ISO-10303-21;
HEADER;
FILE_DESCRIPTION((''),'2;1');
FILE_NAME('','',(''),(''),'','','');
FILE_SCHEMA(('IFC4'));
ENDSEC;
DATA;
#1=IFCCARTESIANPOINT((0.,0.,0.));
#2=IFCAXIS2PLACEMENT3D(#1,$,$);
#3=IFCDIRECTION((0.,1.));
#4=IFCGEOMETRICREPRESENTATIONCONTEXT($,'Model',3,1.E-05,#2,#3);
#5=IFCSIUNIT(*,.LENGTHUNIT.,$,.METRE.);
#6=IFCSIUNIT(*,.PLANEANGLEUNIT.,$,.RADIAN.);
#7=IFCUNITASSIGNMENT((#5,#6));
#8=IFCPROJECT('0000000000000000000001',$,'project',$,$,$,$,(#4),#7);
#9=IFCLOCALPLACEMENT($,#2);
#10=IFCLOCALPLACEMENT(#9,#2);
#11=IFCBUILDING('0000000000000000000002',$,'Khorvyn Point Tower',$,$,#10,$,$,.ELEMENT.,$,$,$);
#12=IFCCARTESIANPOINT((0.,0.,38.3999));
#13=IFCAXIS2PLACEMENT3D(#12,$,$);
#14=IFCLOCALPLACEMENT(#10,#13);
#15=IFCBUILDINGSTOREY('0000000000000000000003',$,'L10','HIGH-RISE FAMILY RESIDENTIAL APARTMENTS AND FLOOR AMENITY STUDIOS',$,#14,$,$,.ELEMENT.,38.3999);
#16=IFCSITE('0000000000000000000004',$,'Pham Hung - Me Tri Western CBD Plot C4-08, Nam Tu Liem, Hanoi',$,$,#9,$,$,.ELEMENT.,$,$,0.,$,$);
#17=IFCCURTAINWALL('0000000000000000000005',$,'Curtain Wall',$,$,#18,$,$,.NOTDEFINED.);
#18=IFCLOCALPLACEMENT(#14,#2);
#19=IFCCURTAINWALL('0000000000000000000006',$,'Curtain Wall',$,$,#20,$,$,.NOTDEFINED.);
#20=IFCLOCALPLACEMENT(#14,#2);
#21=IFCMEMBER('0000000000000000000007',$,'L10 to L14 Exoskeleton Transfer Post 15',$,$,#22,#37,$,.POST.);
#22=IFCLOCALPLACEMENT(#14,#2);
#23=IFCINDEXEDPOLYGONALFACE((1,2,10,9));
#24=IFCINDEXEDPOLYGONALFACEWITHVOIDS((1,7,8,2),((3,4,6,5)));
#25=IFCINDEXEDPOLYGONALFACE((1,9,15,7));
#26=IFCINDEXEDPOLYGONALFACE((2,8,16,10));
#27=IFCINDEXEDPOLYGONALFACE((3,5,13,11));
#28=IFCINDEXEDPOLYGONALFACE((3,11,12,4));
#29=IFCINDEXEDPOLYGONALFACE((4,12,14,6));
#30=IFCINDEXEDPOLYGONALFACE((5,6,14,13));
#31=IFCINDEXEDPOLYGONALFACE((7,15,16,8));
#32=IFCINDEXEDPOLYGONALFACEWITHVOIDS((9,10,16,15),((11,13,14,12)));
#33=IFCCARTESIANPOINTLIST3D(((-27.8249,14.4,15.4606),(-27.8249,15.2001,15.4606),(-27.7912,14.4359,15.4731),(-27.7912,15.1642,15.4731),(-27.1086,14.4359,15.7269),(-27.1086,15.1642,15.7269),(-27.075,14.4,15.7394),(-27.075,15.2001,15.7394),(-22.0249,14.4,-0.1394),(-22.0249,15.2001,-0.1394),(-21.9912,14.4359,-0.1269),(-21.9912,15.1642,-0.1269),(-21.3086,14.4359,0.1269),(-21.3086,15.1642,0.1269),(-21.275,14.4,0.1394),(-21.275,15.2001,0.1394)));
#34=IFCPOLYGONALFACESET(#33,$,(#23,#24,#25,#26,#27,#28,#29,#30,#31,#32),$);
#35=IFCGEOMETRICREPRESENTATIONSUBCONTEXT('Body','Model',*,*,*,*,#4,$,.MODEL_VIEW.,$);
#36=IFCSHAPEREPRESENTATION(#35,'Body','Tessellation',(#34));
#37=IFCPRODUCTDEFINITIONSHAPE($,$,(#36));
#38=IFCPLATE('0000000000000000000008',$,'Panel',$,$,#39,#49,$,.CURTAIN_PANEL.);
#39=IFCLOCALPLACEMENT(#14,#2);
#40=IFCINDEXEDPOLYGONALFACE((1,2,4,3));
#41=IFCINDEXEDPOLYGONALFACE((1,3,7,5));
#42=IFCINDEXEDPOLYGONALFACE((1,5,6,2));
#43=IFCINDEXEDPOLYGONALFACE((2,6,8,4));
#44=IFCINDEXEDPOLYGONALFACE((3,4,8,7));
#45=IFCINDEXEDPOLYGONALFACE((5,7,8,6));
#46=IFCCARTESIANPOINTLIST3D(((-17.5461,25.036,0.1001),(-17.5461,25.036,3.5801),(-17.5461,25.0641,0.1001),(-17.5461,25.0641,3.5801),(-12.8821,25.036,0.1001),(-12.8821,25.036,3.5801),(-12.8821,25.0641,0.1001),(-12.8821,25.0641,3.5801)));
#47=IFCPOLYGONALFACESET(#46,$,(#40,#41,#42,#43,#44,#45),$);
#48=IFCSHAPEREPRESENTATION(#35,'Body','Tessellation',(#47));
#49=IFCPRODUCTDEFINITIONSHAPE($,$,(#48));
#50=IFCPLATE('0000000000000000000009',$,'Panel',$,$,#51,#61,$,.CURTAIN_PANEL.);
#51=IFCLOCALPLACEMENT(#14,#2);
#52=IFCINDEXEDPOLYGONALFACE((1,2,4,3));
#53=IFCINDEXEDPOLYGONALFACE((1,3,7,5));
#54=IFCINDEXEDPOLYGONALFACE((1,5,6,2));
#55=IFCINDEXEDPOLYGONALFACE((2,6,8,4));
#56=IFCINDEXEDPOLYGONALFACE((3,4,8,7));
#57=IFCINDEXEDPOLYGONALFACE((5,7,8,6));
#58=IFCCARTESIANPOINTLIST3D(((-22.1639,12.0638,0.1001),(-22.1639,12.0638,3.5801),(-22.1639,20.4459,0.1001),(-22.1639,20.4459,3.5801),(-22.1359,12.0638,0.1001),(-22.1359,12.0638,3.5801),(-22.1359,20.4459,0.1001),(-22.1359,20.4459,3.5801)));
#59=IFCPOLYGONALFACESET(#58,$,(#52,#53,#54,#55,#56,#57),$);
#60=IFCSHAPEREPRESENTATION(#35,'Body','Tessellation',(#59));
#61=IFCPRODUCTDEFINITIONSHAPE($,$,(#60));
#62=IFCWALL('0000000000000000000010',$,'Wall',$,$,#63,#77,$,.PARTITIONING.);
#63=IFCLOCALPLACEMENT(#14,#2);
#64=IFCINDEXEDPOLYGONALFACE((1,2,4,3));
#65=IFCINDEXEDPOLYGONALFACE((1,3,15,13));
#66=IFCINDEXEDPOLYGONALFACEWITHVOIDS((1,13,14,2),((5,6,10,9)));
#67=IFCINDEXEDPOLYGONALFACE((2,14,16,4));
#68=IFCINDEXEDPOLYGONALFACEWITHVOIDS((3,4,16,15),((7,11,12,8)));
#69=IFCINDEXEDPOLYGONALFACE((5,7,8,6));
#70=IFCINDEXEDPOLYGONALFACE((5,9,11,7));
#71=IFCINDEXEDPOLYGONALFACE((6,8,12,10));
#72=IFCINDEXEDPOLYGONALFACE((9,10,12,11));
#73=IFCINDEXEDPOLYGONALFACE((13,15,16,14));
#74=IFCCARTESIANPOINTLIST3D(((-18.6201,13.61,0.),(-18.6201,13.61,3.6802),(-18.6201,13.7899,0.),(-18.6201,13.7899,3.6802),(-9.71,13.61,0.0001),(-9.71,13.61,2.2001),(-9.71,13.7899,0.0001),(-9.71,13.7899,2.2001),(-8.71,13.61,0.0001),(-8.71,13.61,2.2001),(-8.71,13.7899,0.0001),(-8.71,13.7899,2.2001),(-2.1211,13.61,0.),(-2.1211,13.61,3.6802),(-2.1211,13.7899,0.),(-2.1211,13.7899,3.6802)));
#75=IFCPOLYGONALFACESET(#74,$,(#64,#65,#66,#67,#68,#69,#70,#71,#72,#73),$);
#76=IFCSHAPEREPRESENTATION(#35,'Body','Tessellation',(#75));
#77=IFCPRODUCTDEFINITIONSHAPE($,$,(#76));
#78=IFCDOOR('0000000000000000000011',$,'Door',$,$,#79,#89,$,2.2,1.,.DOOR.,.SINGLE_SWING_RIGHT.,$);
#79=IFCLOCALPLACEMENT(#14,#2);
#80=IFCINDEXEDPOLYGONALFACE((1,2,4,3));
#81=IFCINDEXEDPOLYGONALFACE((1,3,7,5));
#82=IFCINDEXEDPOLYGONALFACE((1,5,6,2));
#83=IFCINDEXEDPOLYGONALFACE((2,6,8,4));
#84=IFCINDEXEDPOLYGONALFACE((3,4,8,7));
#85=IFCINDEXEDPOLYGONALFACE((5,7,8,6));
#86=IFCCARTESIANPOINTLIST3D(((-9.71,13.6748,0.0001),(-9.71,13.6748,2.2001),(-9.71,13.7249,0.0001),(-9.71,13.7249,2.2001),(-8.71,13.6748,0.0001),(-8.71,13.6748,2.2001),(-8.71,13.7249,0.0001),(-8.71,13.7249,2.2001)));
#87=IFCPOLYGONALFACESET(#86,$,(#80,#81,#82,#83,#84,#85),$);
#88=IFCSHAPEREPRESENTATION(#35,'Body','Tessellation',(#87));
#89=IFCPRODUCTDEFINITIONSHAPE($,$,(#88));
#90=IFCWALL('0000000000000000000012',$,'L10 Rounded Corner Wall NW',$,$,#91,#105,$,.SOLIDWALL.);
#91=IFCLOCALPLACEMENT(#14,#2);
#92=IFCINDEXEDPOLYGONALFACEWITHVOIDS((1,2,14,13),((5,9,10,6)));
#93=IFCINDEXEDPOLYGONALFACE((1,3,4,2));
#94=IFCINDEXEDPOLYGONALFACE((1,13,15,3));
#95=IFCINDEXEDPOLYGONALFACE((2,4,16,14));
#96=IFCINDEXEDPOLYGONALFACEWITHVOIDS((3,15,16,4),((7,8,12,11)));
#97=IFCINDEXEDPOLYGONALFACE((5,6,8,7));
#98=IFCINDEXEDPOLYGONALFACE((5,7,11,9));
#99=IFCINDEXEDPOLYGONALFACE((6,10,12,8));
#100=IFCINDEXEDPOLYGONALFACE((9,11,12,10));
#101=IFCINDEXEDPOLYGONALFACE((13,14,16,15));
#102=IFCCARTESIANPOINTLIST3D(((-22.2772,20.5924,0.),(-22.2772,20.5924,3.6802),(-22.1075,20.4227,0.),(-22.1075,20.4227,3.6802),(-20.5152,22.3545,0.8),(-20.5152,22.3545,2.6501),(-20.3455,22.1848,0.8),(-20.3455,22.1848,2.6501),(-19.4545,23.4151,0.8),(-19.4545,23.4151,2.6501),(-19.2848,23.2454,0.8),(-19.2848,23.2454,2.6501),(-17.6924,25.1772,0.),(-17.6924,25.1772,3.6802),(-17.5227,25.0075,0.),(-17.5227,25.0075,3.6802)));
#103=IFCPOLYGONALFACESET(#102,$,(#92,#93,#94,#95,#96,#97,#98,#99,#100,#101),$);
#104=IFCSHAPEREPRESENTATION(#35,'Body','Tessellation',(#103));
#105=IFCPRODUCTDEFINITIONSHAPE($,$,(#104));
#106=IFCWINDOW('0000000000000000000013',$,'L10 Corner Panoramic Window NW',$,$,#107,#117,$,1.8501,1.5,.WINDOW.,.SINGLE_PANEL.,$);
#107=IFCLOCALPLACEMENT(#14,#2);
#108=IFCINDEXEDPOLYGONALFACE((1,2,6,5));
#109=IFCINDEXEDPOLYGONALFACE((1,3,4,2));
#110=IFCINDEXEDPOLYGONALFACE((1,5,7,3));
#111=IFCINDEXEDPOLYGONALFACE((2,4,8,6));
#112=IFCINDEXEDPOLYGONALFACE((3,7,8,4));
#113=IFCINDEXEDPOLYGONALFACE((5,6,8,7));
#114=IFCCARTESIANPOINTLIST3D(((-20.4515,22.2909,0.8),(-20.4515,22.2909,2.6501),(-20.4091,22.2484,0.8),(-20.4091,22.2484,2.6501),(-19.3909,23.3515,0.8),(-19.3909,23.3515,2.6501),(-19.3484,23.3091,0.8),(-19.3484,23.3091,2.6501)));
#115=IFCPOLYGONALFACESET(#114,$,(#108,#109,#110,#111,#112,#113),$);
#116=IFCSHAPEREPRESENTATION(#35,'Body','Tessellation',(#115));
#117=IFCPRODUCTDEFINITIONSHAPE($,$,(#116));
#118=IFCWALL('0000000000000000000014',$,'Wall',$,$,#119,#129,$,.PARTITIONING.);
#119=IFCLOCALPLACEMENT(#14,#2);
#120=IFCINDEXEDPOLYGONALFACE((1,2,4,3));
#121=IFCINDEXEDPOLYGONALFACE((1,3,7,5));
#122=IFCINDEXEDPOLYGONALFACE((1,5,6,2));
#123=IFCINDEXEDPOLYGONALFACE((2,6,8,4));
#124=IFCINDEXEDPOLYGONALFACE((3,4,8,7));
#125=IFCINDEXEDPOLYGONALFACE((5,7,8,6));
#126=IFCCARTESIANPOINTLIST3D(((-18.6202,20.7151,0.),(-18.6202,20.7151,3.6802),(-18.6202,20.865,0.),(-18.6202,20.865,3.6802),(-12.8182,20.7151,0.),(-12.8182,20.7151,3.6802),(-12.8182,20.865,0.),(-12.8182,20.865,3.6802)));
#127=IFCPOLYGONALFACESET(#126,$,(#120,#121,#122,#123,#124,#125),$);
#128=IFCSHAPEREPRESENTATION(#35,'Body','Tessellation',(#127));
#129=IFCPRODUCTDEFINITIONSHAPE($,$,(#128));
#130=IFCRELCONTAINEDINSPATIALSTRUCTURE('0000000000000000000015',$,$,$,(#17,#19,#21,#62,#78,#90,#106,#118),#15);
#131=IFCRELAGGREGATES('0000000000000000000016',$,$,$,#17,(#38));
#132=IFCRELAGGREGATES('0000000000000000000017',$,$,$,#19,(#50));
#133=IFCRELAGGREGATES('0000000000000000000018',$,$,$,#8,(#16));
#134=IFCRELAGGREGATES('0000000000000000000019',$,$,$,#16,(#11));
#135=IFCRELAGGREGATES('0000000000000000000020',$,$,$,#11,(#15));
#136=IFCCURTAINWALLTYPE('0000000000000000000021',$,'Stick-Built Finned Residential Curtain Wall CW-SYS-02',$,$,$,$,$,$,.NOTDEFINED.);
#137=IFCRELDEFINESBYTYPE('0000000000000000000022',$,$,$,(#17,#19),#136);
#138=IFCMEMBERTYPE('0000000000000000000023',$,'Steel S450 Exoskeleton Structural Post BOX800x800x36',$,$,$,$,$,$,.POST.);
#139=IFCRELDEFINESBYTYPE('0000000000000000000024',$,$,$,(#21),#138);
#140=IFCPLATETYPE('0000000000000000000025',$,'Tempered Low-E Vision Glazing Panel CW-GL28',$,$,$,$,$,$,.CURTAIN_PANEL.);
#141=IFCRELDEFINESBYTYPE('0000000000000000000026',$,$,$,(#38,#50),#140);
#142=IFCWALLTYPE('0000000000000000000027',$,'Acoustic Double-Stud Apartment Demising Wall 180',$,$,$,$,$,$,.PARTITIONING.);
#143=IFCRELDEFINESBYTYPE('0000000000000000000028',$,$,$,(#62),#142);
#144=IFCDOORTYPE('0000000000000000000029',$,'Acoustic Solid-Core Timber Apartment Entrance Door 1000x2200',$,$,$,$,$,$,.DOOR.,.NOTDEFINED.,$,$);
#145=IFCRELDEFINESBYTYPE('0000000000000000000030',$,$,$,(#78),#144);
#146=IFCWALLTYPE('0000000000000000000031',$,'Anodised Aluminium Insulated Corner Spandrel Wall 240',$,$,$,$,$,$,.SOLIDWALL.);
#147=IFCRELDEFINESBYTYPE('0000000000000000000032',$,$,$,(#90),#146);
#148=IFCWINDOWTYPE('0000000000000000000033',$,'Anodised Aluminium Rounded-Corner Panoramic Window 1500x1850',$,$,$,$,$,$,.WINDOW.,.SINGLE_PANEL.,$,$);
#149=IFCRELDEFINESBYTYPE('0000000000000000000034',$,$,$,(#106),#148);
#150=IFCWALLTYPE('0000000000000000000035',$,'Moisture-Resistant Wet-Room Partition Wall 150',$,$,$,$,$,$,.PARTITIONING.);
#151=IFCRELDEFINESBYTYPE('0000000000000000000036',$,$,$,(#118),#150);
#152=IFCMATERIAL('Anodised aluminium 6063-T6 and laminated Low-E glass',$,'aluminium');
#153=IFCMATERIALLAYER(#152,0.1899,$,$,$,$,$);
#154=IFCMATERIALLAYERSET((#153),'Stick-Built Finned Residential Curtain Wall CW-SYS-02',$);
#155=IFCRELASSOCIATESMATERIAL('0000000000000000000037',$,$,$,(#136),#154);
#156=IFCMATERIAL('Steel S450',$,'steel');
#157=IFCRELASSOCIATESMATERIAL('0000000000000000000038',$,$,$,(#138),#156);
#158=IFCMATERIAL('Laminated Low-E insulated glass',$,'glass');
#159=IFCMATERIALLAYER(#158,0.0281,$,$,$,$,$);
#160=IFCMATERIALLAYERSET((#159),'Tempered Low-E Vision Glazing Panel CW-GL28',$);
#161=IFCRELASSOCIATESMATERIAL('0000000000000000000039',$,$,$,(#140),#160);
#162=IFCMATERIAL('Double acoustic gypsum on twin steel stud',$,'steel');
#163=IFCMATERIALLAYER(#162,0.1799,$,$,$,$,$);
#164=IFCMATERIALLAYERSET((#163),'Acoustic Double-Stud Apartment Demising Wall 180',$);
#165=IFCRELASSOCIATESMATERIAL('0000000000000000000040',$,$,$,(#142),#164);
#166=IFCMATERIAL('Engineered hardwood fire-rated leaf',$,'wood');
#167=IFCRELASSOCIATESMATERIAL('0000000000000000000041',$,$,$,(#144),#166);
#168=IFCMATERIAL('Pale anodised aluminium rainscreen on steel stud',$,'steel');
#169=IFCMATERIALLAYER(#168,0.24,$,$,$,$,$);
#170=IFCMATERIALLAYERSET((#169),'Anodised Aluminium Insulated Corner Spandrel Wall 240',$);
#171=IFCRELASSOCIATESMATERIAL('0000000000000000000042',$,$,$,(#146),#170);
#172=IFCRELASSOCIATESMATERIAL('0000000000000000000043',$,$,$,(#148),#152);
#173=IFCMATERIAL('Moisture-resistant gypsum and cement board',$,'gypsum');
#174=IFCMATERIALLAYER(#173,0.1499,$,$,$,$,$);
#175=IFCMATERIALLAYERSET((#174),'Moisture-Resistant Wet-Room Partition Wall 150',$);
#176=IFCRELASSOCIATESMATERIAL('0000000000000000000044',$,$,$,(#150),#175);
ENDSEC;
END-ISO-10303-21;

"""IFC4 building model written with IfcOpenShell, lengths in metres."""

from ifc_helpers import new_model, si_unit, direction, frame, frame_2d, origin, origin_2d, place, context, subcontext, project, spatial, rectangle, hollow_rectangle, extrude, material, layer, layer_set, material_profile, profile_set, type_object, element, fill, aggregate, save


model = new_model("IFC4")

# Units and contexts
model_context = context("Model", 3, precision=1e-05, world=origin(), true_north=direction((0.0, 1.0)))
body_context = subcontext(model_context, "Body", "Model", "MODEL_VIEW")
ifc_project = project(units=[si_unit("LENGTHUNIT", "METRE"), si_unit("PLANEANGLEUNIT", "RADIAN")], contexts=[model_context])

# Site, building, storey
site_placement = place(None, origin())
site = spatial("IfcSite", under=ifc_project, at=site_placement, Name="Pham Hung - Me Tri Western CBD Plot C4-08, Nam Tu Liem, Hanoi", CompositionType="ELEMENT", RefElevation=0.0)
building_placement = place(site_placement, origin())
building = spatial("IfcBuilding", under=site, at=building_placement, Name="Khorvyn Point Tower", CompositionType="ELEMENT")
storey_placement = place(building_placement, frame((0.0, 0.0, 38.3999)))
storey = spatial("IfcBuildingStorey", under=building, at=storey_placement, Name="L10", Description="HIGH-RISE FAMILY RESIDENTIAL APARTMENTS AND FLOOR AMENITY STUDIOS", CompositionType="ELEMENT", Elevation=38.3999)

# Shared definitions
ifc_material_1 = material(Name="Steel S450", Category="steel")

# Curtain walls
ifc_material_2 = material(Name="Anodised aluminium 6063-T6 and laminated Low-E glass", Category="aluminium")
ifc_layer_1 = layer(ifc_material_2, 0.1899)
ifc_layer_set_1 = layer_set([ifc_layer_1], Name="Stick-Built Finned Residential Curtain Wall CW-SYS-02")
curtain_wall_type = type_object("IfcCurtainWallType", Name="Stick-Built Finned Residential Curtain Wall CW-SYS-02", PredefinedType="NOTDEFINED", material=ifc_layer_set_1)
curtain_wall_1_placement = place(storey_placement, origin())
curtain_wall_1 = element("IfcCurtainWall", 1, at=curtain_wall_1_placement, inside=storey, type_object=curtain_wall_type, Name="Curtain Wall", PredefinedType="NOTDEFINED")
curtain_wall_2_placement = place(storey_placement, origin())
curtain_wall_2 = element("IfcCurtainWall", 2, at=curtain_wall_2_placement, inside=storey, type_object=curtain_wall_type, Name="Curtain Wall", PredefinedType="NOTDEFINED")

# Member
ifc_material_profile_1 = material_profile(ifc_material_1, hollow_rectangle(XDim=0.8, YDim=0.8, WallThickness=0.0359, at=origin_2d()))
ifc_profile_set_1 = profile_set([ifc_material_profile_1], Name="Steel S450 BOX800x800x36")
member_type_1 = type_object("IfcMemberType", Name="Steel S450 Exoskeleton Structural Post BOX800x800x36", PredefinedType="POST", material=ifc_profile_set_1)
for number, where, z_axis, x_axis, name in (
    (3, (-21.6499, 14.8, 0.0), (-0.348489, 0.0, 0.937313), (0.0, -1.0, 0.0), "L10 to L14 Exoskeleton Transfer Post 15"),
):
    element("IfcMember", number, at=place(storey_placement, frame(where, z_axis=z_axis, x_axis=x_axis)), inside=storey, type_object=member_type_1, Name=name, PredefinedType="POST", context=body_context, shape_type="SweptSolid", body=[
        extrude(hollow_rectangle(XDim=0.8, YDim=0.8, WallThickness=0.0359, at=origin_2d()), origin(), (0.0, 0.0, 1.0), 16.6433),
    ])

# Plates
ifc_material_3 = material(Name="Laminated Low-E insulated glass", Category="glass")
ifc_layer_2 = layer(ifc_material_3, 0.0281)
ifc_layer_set_2 = layer_set([ifc_layer_2], Name="Tempered Low-E Vision Glazing Panel CW-GL28")
plate_type = type_object("IfcPlateType", Name="Tempered Low-E Vision Glazing Panel CW-GL28", PredefinedType="CURTAIN_PANEL", material=ifc_layer_set_2)
plate_1_placement = place(storey_placement, frame((-15.2141, 25.05, 0.1001), z_axis=(0.0, 0.0, 1.0), x_axis=(1.0, 0.0, 0.0)))
plate_1 = element("IfcPlate", 4, at=plate_1_placement, type_object=plate_type, Name="Panel", PredefinedType="CURTAIN_PANEL", context=body_context, shape_type="SweptSolid", body=[
    extrude(rectangle(XDim=4.6641, YDim=0.0281, at=origin_2d()), origin(), (0.0, 0.0, 1.0), 3.48),
])
aggregate(curtain_wall_1, [plate_1])
plate_2_placement = place(storey_placement, frame((-22.1499, 16.2549, 0.1001), z_axis=(0.0, 0.0, 1.0), x_axis=(0.0, 1.0, 0.0)))
plate_2 = element("IfcPlate", 5, at=plate_2_placement, type_object=plate_type, Name="Panel", PredefinedType="CURTAIN_PANEL", context=body_context, shape_type="SweptSolid", body=[
    extrude(rectangle(XDim=8.3821, YDim=0.0281, at=origin_2d()), origin(), (0.0, 0.0, 1.0), 3.48),
])
aggregate(curtain_wall_2, [plate_2])

# Wall, opening, door
ifc_material_4 = material(Name="Double acoustic gypsum on twin steel stud", Category="steel")
ifc_layer_3 = layer(ifc_material_4, 0.1799)
ifc_layer_set_3 = layer_set([ifc_layer_3], Name="Acoustic Double-Stud Apartment Demising Wall 180")
wall_type_1 = type_object("IfcWallType", Name="Acoustic Double-Stud Apartment Demising Wall 180", PredefinedType="PARTITIONING", material=ifc_layer_set_3)
wall_1_placement = place(storey_placement, frame((-18.6201, 13.7, 0.0), z_axis=(0.0, 0.0, 1.0), x_axis=(1.0, 0.0, 0.0)))
wall_1 = element("IfcWall", 6, at=wall_1_placement, inside=storey, type_object=wall_type_1, Name="Wall", PredefinedType="PARTITIONING", context=body_context, shape_type="SweptSolid", body=[
    extrude(rectangle(XDim=16.499, YDim=0.1799, at=frame_2d((8.2495, 0.0))), origin(), (0.0, 0.0, 1.0), 3.6802),
])
opening_1_placement = place(wall_1_placement, frame((8.9102, 0.0, 0.0)))
opening_1 = element("IfcOpeningElement", 7, at=opening_1_placement, cuts=wall_1, PredefinedType="OPENING", context=body_context, shape_type="SweptSolid", body=[
    extrude(rectangle(XDim=1.0, YDim=2.2, at=frame_2d((0.5, 1.1001))), frame((0.0, 0.0999, 0.0), z_axis=(0.0, -1.0, 0.0), x_axis=(1.0, 0.0, 0.0)), (0.0, 0.0, 1.0), 0.2),
])
ifc_material_5 = material(Name="Engineered hardwood fire-rated leaf", Category="wood")
door_type = type_object("IfcDoorType", Name="Acoustic Solid-Core Timber Apartment Entrance Door 1000x2200", OperationType="NOTDEFINED", PredefinedType="DOOR", material=ifc_material_5)
door_placement = place(opening_1_placement, origin())
door = element("IfcDoor", 8, at=door_placement, inside=storey, type_object=door_type, Name="Door", OperationType="SINGLE_SWING_RIGHT", OverallHeight=2.2, OverallWidth=1.0, PredefinedType="DOOR", context=body_context, shape_type="SweptSolid", body=[
    extrude(rectangle(XDim=1.0, YDim=2.2, at=frame_2d((0.5, 1.1001))), frame((0.0, 0.0249, 0.0), z_axis=(0.0, -1.0, 0.0), x_axis=(1.0, 0.0, 0.0)), (0.0, 0.0, 1.0), 0.05),
])
fill(opening_1, door)

# Wall, opening, window
ifc_material_6 = material(Name="Pale anodised aluminium rainscreen on steel stud", Category="steel")
ifc_layer_4 = layer(ifc_material_6, 0.24)
ifc_layer_set_4 = layer_set([ifc_layer_4], Name="Anodised Aluminium Insulated Corner Spandrel Wall 240")
wall_type_2 = type_object("IfcWallType", Name="Anodised Aluminium Insulated Corner Spandrel Wall 240", PredefinedType="SOLIDWALL", material=ifc_layer_set_4)
wall_2_placement = place(storey_placement, frame((-22.1924, 20.5076, 0.0), z_axis=(0.0, 0.0, 1.0), x_axis=(0.707107, 0.707107, 0.0)))
wall_2 = element("IfcWall", 9, at=wall_2_placement, inside=storey, type_object=wall_type_2, Name="L10 Rounded Corner Wall NW", PredefinedType="SOLIDWALL", context=body_context, shape_type="SweptSolid", body=[
    extrude(rectangle(XDim=6.4839, YDim=0.24, at=frame_2d((3.2419, 0.0))), origin(), (0.0, 0.0, 1.0), 3.6802),
])
opening_2_placement = place(wall_2_placement, frame((2.4919, 0.0, 0.8)))
opening_2 = element("IfcOpeningElement", 10, at=opening_2_placement, cuts=wall_2, PredefinedType="OPENING", context=body_context, shape_type="SweptSolid", body=[
    extrude(rectangle(XDim=1.5, YDim=1.8501, at=frame_2d((0.75, 0.925))), frame((0.0, 0.1299, 0.0), z_axis=(0.0, -1.0, 0.0), x_axis=(1.0, 0.0, 0.0)), (0.0, 0.0, 1.0), 0.26),
])
window_type = type_object("IfcWindowType", Name="Anodised Aluminium Rounded-Corner Panoramic Window 1500x1850", PartitioningType="SINGLE_PANEL", PredefinedType="WINDOW", material=ifc_material_2)
window_placement = place(opening_2_placement, origin())
window = element("IfcWindow", 11, at=window_placement, inside=storey, type_object=window_type, Name="L10 Corner Panoramic Window NW", OverallHeight=1.8501, OverallWidth=1.5, PartitioningType="SINGLE_PANEL", PredefinedType="WINDOW", context=body_context, shape_type="SweptSolid", body=[
    extrude(rectangle(XDim=1.5, YDim=1.8501, at=frame_2d((0.75, 0.925))), frame((0.0, 0.03, 0.0), z_axis=(0.0, -1.0, 0.0), x_axis=(1.0, 0.0, 0.0)), (0.0, 0.0, 1.0), 0.0601),
])
fill(opening_2, window)

# Wall
ifc_material_7 = material(Name="Moisture-resistant gypsum and cement board", Category="gypsum")
ifc_layer_5 = layer(ifc_material_7, 0.1499)
ifc_layer_set_5 = layer_set([ifc_layer_5], Name="Moisture-Resistant Wet-Room Partition Wall 150")
wall_type_3 = type_object("IfcWallType", Name="Moisture-Resistant Wet-Room Partition Wall 150", PredefinedType="PARTITIONING", material=ifc_layer_set_5)
wall_3_placement = place(storey_placement, frame((-18.6201, 20.79, 0.0), z_axis=(0.0, 0.0, 1.0), x_axis=(1.0, 0.0, 0.0)))
element("IfcWall", 12, at=wall_3_placement, inside=storey, type_object=wall_type_3, Name="Wall", PredefinedType="PARTITIONING", context=body_context, shape_type="SweptSolid", body=[
    extrude(rectangle(XDim=5.802, YDim=0.1499, at=frame_2d((2.9009, 0.0))), origin(), (0.0, 0.0, 1.0), 3.6802),
])

save(model, "model.ifc")
